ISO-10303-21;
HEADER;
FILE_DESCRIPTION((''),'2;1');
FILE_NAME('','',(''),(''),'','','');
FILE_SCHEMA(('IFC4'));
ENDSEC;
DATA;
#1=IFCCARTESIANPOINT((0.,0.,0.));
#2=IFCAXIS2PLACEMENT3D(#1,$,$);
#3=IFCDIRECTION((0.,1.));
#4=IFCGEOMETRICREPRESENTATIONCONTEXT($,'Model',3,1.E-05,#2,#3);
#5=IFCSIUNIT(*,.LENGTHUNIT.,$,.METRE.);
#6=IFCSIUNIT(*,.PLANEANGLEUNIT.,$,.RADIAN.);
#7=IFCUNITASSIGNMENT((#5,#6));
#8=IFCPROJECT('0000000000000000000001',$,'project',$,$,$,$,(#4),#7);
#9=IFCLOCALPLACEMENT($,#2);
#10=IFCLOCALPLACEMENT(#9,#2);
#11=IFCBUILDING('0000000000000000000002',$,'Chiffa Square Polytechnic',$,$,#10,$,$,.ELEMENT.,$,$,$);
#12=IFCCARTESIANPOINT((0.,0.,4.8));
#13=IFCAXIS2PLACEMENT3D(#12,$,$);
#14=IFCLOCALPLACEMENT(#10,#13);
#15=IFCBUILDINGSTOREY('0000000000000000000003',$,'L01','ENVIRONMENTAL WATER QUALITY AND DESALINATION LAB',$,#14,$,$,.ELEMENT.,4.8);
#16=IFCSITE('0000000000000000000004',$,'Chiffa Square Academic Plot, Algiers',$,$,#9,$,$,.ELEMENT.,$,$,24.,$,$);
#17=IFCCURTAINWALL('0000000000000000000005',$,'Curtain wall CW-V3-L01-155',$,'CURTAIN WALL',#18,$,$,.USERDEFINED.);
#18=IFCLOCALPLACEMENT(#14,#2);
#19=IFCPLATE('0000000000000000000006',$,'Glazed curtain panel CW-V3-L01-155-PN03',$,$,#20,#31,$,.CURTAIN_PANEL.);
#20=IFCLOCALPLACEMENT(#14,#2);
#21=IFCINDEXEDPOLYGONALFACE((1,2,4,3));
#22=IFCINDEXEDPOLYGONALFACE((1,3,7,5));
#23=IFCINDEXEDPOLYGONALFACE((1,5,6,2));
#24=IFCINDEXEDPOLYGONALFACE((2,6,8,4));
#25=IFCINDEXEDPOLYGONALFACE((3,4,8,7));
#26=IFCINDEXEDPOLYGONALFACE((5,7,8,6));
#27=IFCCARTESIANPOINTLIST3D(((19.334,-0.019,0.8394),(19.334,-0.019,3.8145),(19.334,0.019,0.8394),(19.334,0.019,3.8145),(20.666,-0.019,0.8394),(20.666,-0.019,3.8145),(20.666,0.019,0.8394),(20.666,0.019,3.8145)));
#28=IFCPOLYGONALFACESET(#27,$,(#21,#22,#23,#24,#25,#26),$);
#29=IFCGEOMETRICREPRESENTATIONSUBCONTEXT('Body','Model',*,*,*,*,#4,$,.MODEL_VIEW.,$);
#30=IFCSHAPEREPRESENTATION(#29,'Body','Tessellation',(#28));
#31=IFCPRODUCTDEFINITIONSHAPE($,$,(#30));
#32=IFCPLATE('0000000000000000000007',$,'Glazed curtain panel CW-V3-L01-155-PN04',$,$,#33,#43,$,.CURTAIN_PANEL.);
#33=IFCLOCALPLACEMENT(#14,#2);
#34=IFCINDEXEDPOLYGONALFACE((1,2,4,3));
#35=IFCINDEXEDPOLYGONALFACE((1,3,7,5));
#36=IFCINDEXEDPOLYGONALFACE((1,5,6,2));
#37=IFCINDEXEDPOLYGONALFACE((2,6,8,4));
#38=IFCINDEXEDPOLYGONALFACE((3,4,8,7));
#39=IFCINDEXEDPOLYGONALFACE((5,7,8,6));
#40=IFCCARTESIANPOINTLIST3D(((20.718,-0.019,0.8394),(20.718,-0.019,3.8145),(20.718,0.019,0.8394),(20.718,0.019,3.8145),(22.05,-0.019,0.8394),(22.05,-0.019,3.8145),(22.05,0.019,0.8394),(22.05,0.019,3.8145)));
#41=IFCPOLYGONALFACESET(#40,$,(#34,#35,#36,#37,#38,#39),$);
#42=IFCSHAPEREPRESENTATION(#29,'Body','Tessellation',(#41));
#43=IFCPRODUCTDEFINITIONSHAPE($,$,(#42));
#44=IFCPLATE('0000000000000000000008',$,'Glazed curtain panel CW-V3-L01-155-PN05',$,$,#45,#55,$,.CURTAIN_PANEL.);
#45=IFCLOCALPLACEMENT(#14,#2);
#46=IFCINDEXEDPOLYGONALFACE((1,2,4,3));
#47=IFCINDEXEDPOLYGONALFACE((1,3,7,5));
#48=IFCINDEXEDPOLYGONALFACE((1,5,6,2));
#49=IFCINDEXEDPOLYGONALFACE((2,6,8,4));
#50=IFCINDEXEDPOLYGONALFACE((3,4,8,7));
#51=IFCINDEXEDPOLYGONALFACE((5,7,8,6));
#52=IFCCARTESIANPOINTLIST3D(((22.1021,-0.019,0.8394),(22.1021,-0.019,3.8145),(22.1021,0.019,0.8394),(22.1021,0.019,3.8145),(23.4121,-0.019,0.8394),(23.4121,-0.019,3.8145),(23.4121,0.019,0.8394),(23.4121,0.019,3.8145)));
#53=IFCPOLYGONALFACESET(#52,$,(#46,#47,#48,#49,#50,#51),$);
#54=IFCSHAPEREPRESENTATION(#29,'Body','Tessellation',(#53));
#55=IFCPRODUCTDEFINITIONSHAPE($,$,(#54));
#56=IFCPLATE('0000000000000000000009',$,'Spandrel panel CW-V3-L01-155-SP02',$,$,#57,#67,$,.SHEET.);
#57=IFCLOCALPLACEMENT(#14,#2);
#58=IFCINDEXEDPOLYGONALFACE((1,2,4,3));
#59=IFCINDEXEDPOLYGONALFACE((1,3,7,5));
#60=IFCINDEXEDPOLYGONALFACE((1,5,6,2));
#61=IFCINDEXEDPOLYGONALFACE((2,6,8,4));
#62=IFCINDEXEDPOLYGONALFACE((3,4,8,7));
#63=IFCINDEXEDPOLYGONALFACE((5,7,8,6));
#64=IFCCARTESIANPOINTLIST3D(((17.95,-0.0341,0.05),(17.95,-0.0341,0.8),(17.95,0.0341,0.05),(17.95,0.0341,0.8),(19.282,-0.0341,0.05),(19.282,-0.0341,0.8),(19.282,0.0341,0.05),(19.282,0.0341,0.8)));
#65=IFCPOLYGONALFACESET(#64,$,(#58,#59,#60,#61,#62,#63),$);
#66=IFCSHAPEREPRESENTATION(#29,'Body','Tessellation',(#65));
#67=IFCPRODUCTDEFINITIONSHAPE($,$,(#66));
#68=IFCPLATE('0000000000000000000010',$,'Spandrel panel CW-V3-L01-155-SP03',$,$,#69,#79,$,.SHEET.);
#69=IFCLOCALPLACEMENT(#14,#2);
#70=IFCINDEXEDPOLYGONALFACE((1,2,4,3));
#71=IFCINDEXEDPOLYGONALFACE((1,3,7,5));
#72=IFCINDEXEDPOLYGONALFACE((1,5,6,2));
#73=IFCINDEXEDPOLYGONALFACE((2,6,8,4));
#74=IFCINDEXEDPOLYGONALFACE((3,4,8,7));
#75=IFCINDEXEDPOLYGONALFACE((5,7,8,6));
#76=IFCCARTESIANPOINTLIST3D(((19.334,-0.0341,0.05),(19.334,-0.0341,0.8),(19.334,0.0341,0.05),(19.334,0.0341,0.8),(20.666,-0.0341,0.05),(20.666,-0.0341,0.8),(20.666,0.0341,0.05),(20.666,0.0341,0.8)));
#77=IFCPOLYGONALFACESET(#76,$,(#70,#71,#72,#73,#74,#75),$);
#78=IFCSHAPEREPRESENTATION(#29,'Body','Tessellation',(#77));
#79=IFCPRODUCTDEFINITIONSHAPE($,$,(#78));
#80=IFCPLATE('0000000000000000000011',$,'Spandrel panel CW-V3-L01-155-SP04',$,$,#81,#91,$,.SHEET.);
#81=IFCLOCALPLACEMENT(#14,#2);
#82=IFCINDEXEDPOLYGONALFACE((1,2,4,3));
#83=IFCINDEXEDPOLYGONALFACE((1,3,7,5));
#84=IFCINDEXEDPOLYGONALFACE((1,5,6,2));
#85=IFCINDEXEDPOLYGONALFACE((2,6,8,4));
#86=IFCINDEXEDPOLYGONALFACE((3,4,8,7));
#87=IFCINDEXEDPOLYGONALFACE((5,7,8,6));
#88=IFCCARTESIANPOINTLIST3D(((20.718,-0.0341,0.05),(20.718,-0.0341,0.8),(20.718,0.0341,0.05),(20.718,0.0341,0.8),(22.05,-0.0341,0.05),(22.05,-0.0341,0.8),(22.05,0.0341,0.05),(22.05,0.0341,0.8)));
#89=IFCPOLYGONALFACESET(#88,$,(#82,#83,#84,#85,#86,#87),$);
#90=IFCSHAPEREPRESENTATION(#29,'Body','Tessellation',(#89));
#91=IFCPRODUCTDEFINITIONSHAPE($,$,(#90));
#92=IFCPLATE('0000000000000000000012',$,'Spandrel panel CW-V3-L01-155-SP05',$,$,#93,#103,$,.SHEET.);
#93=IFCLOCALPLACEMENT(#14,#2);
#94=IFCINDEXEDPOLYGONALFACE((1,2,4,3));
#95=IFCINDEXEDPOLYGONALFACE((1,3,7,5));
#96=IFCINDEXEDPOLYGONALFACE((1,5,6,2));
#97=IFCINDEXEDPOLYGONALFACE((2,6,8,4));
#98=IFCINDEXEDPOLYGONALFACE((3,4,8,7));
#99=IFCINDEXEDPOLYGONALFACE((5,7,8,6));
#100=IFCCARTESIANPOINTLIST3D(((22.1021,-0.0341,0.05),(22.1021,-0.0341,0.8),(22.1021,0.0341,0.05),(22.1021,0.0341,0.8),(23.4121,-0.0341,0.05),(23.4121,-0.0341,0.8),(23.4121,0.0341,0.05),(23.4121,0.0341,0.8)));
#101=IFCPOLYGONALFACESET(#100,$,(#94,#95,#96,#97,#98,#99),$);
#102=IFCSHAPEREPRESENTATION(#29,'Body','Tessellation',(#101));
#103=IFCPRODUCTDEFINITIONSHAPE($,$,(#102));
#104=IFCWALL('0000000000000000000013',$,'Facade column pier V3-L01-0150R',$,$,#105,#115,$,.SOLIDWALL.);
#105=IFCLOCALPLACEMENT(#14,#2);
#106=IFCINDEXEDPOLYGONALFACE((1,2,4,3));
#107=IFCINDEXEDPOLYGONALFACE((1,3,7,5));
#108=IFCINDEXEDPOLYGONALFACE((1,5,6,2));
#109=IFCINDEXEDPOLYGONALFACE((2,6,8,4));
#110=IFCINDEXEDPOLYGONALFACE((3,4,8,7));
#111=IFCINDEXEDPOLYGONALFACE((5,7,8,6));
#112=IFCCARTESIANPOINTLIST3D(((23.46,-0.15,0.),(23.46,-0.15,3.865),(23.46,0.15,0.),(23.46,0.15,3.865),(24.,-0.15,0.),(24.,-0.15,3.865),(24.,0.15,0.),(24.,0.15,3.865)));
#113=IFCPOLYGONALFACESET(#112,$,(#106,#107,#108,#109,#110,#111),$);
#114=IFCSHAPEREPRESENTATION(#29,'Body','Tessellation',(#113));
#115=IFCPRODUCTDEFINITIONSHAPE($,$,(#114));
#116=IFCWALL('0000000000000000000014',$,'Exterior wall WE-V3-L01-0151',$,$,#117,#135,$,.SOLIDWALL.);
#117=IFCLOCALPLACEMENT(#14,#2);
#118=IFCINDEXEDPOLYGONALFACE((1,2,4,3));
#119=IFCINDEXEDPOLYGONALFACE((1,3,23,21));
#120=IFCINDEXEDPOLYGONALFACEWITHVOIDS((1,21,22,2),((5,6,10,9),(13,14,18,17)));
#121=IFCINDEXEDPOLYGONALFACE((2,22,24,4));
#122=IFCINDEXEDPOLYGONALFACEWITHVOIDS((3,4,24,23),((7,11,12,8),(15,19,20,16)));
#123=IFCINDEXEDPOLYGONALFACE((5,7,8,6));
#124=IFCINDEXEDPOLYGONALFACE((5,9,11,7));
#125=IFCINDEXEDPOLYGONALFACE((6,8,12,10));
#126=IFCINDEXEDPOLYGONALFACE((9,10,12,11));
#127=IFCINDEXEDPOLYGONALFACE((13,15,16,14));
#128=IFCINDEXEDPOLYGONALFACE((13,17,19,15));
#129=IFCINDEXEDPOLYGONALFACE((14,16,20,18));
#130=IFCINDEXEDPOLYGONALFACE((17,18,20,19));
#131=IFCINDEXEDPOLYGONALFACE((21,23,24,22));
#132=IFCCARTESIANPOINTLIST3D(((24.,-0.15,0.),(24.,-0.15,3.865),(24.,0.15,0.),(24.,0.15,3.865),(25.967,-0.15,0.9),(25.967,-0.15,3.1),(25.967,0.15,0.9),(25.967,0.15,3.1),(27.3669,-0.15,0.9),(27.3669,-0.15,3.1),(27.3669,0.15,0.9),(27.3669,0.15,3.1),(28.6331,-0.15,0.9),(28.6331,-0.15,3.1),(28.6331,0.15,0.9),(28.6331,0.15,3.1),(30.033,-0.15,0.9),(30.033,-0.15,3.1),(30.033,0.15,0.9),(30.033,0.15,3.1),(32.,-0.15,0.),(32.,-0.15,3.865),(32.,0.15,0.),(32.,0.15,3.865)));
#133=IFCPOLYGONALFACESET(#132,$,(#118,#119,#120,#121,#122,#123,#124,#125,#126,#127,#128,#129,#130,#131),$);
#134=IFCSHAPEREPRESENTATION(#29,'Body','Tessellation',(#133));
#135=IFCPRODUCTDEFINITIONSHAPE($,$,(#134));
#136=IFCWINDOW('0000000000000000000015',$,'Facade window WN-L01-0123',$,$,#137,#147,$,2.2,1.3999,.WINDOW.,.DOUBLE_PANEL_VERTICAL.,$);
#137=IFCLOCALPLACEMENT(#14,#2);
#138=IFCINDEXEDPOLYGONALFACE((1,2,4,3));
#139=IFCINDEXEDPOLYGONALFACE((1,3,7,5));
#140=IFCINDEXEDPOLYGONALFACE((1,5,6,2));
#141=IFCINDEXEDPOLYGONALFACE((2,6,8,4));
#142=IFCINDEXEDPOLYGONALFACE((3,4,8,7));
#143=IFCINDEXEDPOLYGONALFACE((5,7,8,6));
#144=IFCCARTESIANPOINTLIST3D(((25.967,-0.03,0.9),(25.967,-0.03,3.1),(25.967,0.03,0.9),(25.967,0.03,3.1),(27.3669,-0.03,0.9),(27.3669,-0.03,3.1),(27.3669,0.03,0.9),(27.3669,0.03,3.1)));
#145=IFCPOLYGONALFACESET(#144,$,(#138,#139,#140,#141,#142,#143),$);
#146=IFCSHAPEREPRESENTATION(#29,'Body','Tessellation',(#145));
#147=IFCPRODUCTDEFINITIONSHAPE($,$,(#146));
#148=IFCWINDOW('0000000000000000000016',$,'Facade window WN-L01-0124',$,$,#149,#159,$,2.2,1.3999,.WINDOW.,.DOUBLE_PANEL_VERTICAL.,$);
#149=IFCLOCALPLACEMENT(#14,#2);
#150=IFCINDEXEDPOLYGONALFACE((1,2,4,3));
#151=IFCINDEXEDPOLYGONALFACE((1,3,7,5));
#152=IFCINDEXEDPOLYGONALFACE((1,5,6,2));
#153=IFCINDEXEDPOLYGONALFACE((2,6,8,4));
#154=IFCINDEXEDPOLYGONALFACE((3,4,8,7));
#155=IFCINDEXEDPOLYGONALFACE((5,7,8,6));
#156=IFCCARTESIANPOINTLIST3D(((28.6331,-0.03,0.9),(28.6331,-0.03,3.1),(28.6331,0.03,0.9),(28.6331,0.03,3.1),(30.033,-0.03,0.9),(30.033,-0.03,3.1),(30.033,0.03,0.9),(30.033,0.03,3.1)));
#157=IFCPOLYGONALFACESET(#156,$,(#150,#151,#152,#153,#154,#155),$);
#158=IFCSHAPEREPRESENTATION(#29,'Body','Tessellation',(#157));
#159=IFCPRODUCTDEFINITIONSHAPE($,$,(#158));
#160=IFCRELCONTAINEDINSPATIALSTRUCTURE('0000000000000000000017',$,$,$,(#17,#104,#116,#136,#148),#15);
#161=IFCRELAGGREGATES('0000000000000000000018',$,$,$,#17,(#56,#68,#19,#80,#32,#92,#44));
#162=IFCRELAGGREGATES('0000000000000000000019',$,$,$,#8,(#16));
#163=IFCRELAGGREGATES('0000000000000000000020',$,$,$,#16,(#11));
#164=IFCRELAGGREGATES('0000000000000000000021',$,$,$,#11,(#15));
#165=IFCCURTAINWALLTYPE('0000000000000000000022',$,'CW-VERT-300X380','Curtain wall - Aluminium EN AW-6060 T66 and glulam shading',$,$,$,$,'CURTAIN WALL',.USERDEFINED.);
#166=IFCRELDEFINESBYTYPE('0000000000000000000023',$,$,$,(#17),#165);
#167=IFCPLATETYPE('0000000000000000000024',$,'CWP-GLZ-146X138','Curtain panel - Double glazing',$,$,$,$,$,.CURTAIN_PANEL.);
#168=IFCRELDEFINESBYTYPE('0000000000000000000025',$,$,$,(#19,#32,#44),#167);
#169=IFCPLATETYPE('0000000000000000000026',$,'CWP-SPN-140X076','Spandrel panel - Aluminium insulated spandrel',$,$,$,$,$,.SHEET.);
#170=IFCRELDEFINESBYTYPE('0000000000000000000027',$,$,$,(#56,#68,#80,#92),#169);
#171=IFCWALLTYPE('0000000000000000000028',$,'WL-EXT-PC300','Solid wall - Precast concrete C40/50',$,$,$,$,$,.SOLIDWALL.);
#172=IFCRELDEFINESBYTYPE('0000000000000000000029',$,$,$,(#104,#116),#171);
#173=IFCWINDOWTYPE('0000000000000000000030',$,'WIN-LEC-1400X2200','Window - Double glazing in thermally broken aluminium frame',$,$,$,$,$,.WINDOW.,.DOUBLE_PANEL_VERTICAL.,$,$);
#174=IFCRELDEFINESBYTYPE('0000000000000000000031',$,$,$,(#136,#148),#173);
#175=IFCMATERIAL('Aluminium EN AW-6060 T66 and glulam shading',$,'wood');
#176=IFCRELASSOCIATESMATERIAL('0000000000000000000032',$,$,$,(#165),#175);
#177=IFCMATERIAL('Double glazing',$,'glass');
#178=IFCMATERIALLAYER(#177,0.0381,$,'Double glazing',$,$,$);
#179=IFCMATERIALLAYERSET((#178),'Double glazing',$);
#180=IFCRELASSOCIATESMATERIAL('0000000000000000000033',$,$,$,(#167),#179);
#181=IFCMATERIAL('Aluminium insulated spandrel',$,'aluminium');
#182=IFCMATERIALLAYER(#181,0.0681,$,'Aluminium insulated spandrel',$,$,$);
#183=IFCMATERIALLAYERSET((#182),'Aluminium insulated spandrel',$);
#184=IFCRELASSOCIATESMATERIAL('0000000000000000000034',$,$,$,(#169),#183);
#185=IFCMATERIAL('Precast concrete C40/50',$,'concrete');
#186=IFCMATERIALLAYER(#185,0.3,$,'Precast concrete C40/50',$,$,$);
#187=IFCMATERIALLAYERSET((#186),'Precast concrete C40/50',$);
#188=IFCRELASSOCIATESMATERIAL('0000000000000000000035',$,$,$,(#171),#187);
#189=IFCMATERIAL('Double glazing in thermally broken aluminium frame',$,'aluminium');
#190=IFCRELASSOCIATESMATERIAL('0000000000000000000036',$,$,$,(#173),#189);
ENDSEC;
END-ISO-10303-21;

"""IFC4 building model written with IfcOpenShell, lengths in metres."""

from ifc_helpers import new_model, si_unit, direction, frame, frame_2d, origin, origin_2d, place, context, subcontext, project, spatial, rectangle, extrude, material, layer, layer_set, type_object, element, fill, aggregate, save


model = new_model("IFC4")

# Units and contexts
model_context = context("Model", 3, precision=1e-05, world=origin(), true_north=direction((0.0, 1.0)))
body_context = subcontext(model_context, "Body", "Model", "MODEL_VIEW")
ifc_project = project(units=[si_unit("LENGTHUNIT", "METRE"), si_unit("PLANEANGLEUNIT", "RADIAN")], contexts=[model_context])

# Site, building, storey
site_placement = place(None, origin())
site = spatial("IfcSite", under=ifc_project, at=site_placement, Name="Chiffa Square Academic Plot, Algiers", CompositionType="ELEMENT", RefElevation=24.0)
building_placement = place(site_placement, origin())
building = spatial("IfcBuilding", under=site, at=building_placement, Name="Chiffa Square Polytechnic", CompositionType="ELEMENT")
storey_placement = place(building_placement, frame((0.0, 0.0, 4.8)))
storey = spatial("IfcBuildingStorey", under=building, at=storey_placement, Name="L01", Description="ENVIRONMENTAL WATER QUALITY AND DESALINATION LAB", CompositionType="ELEMENT", Elevation=4.8)

# Curtain wall
ifc_material_1 = material(Name="Aluminium EN AW-6060 T66 and glulam shading", Category="wood")
curtain_wall_type = type_object("IfcCurtainWallType", Name="CW-VERT-300X380", Description="Curtain wall - Aluminium EN AW-6060 T66 and glulam shading", ElementType="CURTAIN WALL", PredefinedType="USERDEFINED", material=ifc_material_1)
curtain_wall_placement = place(storey_placement, origin())
curtain_wall = element("IfcCurtainWall", 1, at=curtain_wall_placement, inside=storey, type_object=curtain_wall_type, Name="Curtain wall CW-V3-L01-155", ObjectType="CURTAIN WALL", PredefinedType="USERDEFINED")

# Plates
ifc_material_2 = material(Name="Double glazing", Category="glass")
ifc_layer_1 = layer(ifc_material_2, 0.0381, Name="Double glazing")
ifc_layer_set_1 = layer_set([ifc_layer_1], Name="Double glazing")
plate_type_1 = type_object("IfcPlateType", Name="CWP-GLZ-146X138", Description="Curtain panel - Double glazing", PredefinedType="CURTAIN_PANEL", material=ifc_layer_set_1)
plate_1_placement = place(storey_placement, frame((20.0, 0.0, 0.8394), z_axis=(0.0, 0.0, 1.0), x_axis=(1.0, 0.0, 0.0)))
plate_1 = element("IfcPlate", 2, at=plate_1_placement, type_object=plate_type_1, Name="Glazed curtain panel CW-V3-L01-155-PN03", PredefinedType="CURTAIN_PANEL", context=body_context, shape_type="SweptSolid", body=[
    extrude(rectangle(XDim=1.332, YDim=0.0381, at=origin_2d()), origin(), (0.0, 0.0, 1.0), 2.9751),
])
plate_2_placement = place(storey_placement, frame((21.384, 0.0, 0.8394), z_axis=(0.0, 0.0, 1.0), x_axis=(1.0, 0.0, 0.0)))
plate_2 = element("IfcPlate", 3, at=plate_2_placement, type_object=plate_type_1, Name="Glazed curtain panel CW-V3-L01-155-PN04", PredefinedType="CURTAIN_PANEL", context=body_context, shape_type="SweptSolid", body=[
    extrude(rectangle(XDim=1.332, YDim=0.0381, at=origin_2d()), origin(), (0.0, 0.0, 1.0), 2.9751),
])
plate_3_placement = place(storey_placement, frame((22.7571, 0.0, 0.8394), z_axis=(0.0, 0.0, 1.0), x_axis=(1.0, 0.0, 0.0)))
plate_3 = element("IfcPlate", 4, at=plate_3_placement, type_object=plate_type_1, Name="Glazed curtain panel CW-V3-L01-155-PN05", PredefinedType="CURTAIN_PANEL", context=body_context, shape_type="SweptSolid", body=[
    extrude(rectangle(XDim=1.3101, YDim=0.0381, at=origin_2d()), origin(), (0.0, 0.0, 1.0), 2.9751),
])
ifc_material_3 = material(Name="Aluminium insulated spandrel", Category="aluminium")
ifc_layer_2 = layer(ifc_material_3, 0.0681, Name="Aluminium insulated spandrel")
ifc_layer_set_2 = layer_set([ifc_layer_2], Name="Aluminium insulated spandrel")
plate_type_2 = type_object("IfcPlateType", Name="CWP-SPN-140X076", Description="Spandrel panel - Aluminium insulated spandrel", PredefinedType="SHEET", material=ifc_layer_set_2)
plate_4_placement = place(storey_placement, frame((18.616, 0.0, 0.05), z_axis=(0.0, 0.0, 1.0), x_axis=(1.0, 0.0, 0.0)))
plate_4 = element("IfcPlate", 5, at=plate_4_placement, type_object=plate_type_2, Name="Spandrel panel CW-V3-L01-155-SP02", PredefinedType="SHEET", context=body_context, shape_type="SweptSolid", body=[
    extrude(rectangle(XDim=1.332, YDim=0.0681, at=origin_2d()), origin(), (0.0, 0.0, 1.0), 0.75),
])
plate_5_placement = place(storey_placement, frame((20.0, 0.0, 0.05), z_axis=(0.0, 0.0, 1.0), x_axis=(1.0, 0.0, 0.0)))
plate_5 = element("IfcPlate", 6, at=plate_5_placement, type_object=plate_type_2, Name="Spandrel panel CW-V3-L01-155-SP03", PredefinedType="SHEET", context=body_context, shape_type="SweptSolid", body=[
    extrude(rectangle(XDim=1.332, YDim=0.0681, at=origin_2d()), origin(), (0.0, 0.0, 1.0), 0.75),
])
plate_6_placement = place(storey_placement, frame((21.384, 0.0, 0.05), z_axis=(0.0, 0.0, 1.0), x_axis=(1.0, 0.0, 0.0)))
plate_6 = element("IfcPlate", 7, at=plate_6_placement, type_object=plate_type_2, Name="Spandrel panel CW-V3-L01-155-SP04", PredefinedType="SHEET", context=body_context, shape_type="SweptSolid", body=[
    extrude(rectangle(XDim=1.332, YDim=0.0681, at=origin_2d()), origin(), (0.0, 0.0, 1.0), 0.75),
])
plate_7_placement = place(storey_placement, frame((22.7571, 0.0, 0.05), z_axis=(0.0, 0.0, 1.0), x_axis=(1.0, 0.0, 0.0)))
plate_7 = element("IfcPlate", 8, at=plate_7_placement, type_object=plate_type_2, Name="Spandrel panel CW-V3-L01-155-SP05", PredefinedType="SHEET", context=body_context, shape_type="SweptSolid", body=[
    extrude(rectangle(XDim=1.3101, YDim=0.0681, at=origin_2d()), origin(), (0.0, 0.0, 1.0), 0.75),
])
aggregate(curtain_wall, [plate_4, plate_5, plate_1, plate_6, plate_2, plate_7, plate_3])

# Wall
ifc_material_4 = material(Name="Precast concrete C40/50", Category="concrete")
ifc_layer_3 = layer(ifc_material_4, 0.3, Name="Precast concrete C40/50")
ifc_layer_set_3 = layer_set([ifc_layer_3], Name="Precast concrete C40/50")
wall_type_1 = type_object("IfcWallType", Name="WL-EXT-PC300", Description="Solid wall - Precast concrete C40/50", PredefinedType="SOLIDWALL", material=ifc_layer_set_3)
wall_1_placement = place(storey_placement, frame((23.46, 0.0, 0.0), z_axis=(0.0, 0.0, 1.0), x_axis=(1.0, 0.0, 0.0)))
element("IfcWall", 9, at=wall_1_placement, inside=storey, type_object=wall_type_1, Name="Facade column pier V3-L01-0150R", PredefinedType="SOLIDWALL", context=body_context, shape_type="SweptSolid", body=[
    extrude(rectangle(XDim=0.54, YDim=0.3, at=frame_2d((0.27, 0.0))), origin(), (0.0, 0.0, 1.0), 3.865),
])

# Wall, openings, windows
wall_2_placement = place(storey_placement, frame((24.0, 0.0, 0.0), z_axis=(0.0, 0.0, 1.0), x_axis=(1.0, 0.0, 0.0)))
wall_2 = element("IfcWall", 10, at=wall_2_placement, inside=storey, type_object=wall_type_1, Name="Exterior wall WE-V3-L01-0151", PredefinedType="SOLIDWALL", context=body_context, shape_type="SweptSolid", body=[
    extrude(rectangle(XDim=8.0, YDim=0.3, at=frame_2d((4.0, 0.0))), origin(), (0.0, 0.0, 1.0), 3.865),
])
opening_1_placement = place(wall_2_placement, frame((1.967, 0.0, 0.8999)))
opening_1 = element("IfcOpeningElement", 11, at=opening_1_placement, cuts=wall_2, PredefinedType="OPENING", context=body_context, shape_type="SweptSolid", body=[
    extrude(rectangle(XDim=1.3999, YDim=2.2, at=frame_2d((0.7, 1.1001))), frame((0.0, 0.1602, 0.0), z_axis=(0.0, -1.0, 0.0), x_axis=(1.0, 0.0, 0.0)), (0.0, 0.0, 1.0), 0.3201),
])
opening_2_placement = place(wall_2_placement, frame((4.6331, 0.0, 0.8999)))
opening_2 = element("IfcOpeningElement", 12, at=opening_2_placement, cuts=wall_2, PredefinedType="OPENING", context=body_context, shape_type="SweptSolid", body=[
    extrude(rectangle(XDim=1.3999, YDim=2.2, at=frame_2d((0.7, 1.1001))), frame((0.0, 0.1602, 0.0), z_axis=(0.0, -1.0, 0.0), x_axis=(1.0, 0.0, 0.0)), (0.0, 0.0, 1.0), 0.3201),
])
ifc_material_5 = material(Name="Double glazing in thermally broken aluminium frame", Category="aluminium")
window_type = type_object("IfcWindowType", Name="WIN-LEC-1400X2200", Description="Window - Double glazing in thermally broken aluminium frame", PartitioningType="DOUBLE_PANEL_VERTICAL", PredefinedType="WINDOW", material=ifc_material_5)
window_1_placement = place(opening_1_placement, origin())
window_1 = element("IfcWindow", 13, at=window_1_placement, inside=storey, type_object=window_type, Name="Facade window WN-L01-0123", OverallHeight=2.2, OverallWidth=1.3999, PartitioningType="DOUBLE_PANEL_VERTICAL", PredefinedType="WINDOW", context=body_context, shape_type="SweptSolid", body=[
    extrude(rectangle(XDim=1.3999, YDim=2.2, at=frame_2d((0.7, 1.1001))), frame((0.0, 0.03, 0.0), z_axis=(0.0, -1.0, 0.0), x_axis=(1.0, 0.0, 0.0)), (0.0, 0.0, 1.0), 0.0601),
])
fill(opening_1, window_1)
window_2_placement = place(opening_2_placement, origin())
window_2 = element("IfcWindow", 14, at=window_2_placement, inside=storey, type_object=window_type, Name="Facade window WN-L01-0124", OverallHeight=2.2, OverallWidth=1.3999, PartitioningType="DOUBLE_PANEL_VERTICAL", PredefinedType="WINDOW", context=body_context, shape_type="SweptSolid", body=[
    extrude(rectangle(XDim=1.3999, YDim=2.2, at=frame_2d((0.7, 1.1001))), frame((0.0, 0.03, 0.0), z_axis=(0.0, -1.0, 0.0), x_axis=(1.0, 0.0, 0.0)), (0.0, 0.0, 1.0), 0.0601),
])
fill(opening_2, window_2)

save(model, "model.ifc")
